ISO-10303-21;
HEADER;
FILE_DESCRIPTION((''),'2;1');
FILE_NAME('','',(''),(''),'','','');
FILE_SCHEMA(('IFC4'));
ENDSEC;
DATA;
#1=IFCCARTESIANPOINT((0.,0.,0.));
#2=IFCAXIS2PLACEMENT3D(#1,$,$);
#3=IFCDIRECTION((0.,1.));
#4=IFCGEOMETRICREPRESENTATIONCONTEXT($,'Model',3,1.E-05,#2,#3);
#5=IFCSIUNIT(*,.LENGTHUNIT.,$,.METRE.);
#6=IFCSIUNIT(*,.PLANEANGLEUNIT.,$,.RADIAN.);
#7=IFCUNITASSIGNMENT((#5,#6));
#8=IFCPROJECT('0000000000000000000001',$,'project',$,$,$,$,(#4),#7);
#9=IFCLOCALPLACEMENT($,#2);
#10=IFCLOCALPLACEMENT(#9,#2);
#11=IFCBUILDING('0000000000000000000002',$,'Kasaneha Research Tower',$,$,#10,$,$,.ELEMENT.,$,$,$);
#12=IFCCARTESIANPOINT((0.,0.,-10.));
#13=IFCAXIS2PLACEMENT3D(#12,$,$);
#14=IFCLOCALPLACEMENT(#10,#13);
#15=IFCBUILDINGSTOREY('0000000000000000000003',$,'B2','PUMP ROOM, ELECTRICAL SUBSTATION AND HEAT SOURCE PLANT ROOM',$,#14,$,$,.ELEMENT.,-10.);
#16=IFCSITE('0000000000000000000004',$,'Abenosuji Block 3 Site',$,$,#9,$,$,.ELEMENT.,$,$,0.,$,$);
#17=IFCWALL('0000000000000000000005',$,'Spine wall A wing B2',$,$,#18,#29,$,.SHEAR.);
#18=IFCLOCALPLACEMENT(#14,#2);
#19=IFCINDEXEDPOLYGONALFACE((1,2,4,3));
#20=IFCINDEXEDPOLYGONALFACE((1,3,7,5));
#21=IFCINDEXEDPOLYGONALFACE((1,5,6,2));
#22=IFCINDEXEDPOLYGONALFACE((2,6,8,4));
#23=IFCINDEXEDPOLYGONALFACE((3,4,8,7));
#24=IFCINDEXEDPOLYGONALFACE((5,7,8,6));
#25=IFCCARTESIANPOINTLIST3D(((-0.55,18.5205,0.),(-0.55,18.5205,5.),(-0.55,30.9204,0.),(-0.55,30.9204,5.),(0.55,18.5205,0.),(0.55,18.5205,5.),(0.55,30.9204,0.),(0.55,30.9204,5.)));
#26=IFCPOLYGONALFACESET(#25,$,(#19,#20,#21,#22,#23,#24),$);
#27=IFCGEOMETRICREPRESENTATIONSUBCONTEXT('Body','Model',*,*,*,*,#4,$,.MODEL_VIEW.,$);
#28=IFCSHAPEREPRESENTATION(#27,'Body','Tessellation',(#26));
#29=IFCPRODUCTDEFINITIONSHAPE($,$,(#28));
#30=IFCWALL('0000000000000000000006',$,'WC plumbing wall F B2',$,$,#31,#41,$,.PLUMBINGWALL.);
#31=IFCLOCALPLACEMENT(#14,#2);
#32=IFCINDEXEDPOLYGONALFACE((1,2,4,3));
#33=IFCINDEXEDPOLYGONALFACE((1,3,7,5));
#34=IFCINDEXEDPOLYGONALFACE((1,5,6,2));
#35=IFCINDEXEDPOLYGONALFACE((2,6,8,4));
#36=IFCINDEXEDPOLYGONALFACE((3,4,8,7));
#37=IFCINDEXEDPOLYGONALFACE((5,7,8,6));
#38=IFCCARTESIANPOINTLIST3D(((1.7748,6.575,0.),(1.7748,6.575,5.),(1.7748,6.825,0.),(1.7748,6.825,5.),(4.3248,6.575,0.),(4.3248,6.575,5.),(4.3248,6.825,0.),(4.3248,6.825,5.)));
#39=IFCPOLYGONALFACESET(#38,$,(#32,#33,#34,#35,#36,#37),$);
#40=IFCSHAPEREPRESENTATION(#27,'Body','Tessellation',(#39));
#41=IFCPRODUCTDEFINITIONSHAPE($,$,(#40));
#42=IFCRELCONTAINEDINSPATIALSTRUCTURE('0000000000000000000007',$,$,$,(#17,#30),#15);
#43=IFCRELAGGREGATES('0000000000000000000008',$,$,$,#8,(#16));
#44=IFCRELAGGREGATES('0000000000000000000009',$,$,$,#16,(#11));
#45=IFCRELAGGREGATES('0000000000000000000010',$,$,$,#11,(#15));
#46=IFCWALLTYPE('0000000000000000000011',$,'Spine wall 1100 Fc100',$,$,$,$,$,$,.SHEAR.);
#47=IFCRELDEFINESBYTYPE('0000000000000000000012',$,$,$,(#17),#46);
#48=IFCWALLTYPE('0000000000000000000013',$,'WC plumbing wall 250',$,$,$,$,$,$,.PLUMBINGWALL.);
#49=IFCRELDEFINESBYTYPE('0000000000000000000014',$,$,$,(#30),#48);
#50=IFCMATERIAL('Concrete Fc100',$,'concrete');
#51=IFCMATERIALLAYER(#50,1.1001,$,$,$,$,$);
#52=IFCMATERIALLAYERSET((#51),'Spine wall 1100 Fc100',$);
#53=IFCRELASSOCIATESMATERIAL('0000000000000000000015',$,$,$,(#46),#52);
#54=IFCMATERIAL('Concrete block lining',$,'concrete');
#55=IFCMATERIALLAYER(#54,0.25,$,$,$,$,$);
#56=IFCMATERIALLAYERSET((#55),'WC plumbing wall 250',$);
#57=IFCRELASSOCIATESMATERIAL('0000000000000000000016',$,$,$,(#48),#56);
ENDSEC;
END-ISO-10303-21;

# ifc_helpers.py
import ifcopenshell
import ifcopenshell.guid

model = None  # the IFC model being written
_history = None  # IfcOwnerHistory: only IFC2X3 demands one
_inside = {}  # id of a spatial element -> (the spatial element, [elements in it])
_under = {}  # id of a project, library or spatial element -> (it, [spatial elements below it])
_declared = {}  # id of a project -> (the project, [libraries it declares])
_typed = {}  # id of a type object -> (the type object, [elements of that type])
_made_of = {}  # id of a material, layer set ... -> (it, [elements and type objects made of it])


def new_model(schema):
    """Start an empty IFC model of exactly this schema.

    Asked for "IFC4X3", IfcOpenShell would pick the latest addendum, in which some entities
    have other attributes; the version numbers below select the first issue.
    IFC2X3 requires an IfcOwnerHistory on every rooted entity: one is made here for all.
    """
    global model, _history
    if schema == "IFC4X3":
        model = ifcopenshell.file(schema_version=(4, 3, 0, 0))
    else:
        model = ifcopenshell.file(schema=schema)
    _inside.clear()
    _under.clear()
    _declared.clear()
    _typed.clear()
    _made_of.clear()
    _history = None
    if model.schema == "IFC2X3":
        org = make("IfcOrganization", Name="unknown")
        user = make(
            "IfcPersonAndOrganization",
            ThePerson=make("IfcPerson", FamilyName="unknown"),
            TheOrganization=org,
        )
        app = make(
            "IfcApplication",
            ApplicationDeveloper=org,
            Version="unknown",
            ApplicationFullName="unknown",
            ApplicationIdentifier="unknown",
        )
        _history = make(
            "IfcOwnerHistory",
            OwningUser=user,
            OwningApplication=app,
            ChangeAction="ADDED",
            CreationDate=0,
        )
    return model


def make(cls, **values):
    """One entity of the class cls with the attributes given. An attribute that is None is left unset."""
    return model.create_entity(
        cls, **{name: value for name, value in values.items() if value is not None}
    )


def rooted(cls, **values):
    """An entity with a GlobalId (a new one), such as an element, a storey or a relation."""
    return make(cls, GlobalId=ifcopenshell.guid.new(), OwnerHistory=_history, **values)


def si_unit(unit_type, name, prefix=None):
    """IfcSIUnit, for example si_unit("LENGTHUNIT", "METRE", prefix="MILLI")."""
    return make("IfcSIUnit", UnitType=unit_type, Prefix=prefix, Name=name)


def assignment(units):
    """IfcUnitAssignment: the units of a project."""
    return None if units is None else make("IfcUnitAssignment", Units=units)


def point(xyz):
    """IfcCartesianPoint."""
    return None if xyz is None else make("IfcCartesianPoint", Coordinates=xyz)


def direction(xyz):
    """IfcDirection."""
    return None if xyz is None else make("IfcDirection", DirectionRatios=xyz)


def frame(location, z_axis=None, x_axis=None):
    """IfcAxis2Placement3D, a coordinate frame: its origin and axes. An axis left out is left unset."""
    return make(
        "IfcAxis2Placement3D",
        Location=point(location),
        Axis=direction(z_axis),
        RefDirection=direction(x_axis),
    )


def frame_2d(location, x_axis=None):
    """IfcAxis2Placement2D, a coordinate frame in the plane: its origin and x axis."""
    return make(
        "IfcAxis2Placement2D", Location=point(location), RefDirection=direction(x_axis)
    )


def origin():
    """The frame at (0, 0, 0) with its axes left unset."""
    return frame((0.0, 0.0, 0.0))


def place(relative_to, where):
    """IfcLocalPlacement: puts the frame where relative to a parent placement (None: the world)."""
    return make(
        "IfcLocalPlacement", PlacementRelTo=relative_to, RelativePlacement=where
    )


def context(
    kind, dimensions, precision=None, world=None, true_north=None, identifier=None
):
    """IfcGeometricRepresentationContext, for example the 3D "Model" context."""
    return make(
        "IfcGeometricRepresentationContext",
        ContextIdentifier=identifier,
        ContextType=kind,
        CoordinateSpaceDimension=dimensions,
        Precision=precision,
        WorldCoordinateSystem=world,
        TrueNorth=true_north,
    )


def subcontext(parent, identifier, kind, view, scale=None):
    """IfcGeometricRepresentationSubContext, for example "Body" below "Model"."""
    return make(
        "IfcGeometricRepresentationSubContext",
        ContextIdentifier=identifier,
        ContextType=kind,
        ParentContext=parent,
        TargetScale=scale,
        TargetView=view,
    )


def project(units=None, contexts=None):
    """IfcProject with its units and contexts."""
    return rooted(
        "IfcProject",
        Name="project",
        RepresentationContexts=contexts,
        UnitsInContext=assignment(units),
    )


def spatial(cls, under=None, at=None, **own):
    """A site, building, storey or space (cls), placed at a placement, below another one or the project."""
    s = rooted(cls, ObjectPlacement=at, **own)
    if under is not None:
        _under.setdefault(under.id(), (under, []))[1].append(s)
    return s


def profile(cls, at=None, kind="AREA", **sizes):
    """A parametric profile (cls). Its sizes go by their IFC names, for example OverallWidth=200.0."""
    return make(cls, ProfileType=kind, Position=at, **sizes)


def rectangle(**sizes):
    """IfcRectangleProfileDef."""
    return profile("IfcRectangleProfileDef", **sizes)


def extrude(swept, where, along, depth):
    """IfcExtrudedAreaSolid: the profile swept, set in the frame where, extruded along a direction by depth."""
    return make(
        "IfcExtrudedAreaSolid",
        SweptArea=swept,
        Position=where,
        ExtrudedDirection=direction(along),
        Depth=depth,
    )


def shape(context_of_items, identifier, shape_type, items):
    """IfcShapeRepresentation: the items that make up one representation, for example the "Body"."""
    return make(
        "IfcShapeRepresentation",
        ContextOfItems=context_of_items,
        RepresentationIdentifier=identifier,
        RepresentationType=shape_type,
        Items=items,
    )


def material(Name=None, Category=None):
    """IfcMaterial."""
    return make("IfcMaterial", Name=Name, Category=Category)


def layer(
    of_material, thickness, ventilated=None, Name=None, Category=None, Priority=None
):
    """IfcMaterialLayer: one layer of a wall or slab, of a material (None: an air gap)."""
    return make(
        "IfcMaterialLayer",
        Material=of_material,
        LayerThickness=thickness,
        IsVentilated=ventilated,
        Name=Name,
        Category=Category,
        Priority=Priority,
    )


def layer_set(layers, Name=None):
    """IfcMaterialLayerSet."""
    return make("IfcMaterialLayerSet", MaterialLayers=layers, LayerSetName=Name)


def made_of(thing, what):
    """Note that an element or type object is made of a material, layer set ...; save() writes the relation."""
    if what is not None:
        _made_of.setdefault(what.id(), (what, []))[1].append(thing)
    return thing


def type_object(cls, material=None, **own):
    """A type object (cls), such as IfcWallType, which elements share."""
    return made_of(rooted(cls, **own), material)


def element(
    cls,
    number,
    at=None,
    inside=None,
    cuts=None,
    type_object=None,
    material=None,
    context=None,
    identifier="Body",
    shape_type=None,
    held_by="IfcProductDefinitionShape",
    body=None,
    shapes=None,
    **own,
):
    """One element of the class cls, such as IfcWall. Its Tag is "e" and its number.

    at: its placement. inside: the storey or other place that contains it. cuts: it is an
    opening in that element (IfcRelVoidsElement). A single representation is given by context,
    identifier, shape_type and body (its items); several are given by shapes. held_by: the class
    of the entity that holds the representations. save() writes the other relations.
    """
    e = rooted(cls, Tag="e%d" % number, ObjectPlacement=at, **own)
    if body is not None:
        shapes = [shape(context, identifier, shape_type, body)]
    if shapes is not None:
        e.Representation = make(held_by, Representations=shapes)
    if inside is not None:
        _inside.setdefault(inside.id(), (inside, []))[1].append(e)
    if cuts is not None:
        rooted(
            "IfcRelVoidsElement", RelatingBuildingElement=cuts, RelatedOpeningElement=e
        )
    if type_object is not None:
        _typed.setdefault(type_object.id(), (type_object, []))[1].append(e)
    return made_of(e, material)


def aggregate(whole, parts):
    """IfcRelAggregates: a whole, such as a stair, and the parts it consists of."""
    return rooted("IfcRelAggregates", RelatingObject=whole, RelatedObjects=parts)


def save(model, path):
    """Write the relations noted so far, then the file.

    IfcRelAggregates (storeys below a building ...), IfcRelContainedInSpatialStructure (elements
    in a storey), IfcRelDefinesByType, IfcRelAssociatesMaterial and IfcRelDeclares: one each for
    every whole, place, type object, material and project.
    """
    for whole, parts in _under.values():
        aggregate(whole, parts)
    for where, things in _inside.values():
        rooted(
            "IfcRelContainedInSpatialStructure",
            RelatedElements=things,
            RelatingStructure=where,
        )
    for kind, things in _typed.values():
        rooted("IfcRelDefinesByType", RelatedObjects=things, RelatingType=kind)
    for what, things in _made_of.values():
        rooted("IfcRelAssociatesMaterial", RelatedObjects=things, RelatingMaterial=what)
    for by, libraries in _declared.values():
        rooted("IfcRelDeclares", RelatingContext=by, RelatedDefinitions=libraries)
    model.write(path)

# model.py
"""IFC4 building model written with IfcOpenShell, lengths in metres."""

from ifc_helpers import new_model, si_unit, direction, frame, frame_2d, origin, place, context, subcontext, project, spatial, rectangle, extrude, material, layer, layer_set, type_object, element, save


model = new_model("IFC4")

# Units and contexts
model_context = context("Model", 3, precision=1e-05, world=origin(), true_north=direction((0.0, 1.0)))
body_context = subcontext(model_context, "Body", "Model", "MODEL_VIEW")
ifc_project = project(units=[si_unit("LENGTHUNIT", "METRE"), si_unit("PLANEANGLEUNIT", "RADIAN")], contexts=[model_context])

# Site, building, storey
site_placement = place(None, origin())
site = spatial("IfcSite", under=ifc_project, at=site_placement, Name="Abenosuji Block 3 Site", CompositionType="ELEMENT", RefElevation=0.0)
building_placement = place(site_placement, origin())
building = spatial("IfcBuilding", under=site, at=building_placement, Name="Kasaneha Research Tower", CompositionType="ELEMENT")
storey_placement = place(building_placement, frame((0.0, 0.0, -10.0)))
storey = spatial("IfcBuildingStorey", under=building, at=storey_placement, Name="B2", Description="PUMP ROOM, ELECTRICAL SUBSTATION AND HEAT SOURCE PLANT ROOM", CompositionType="ELEMENT", Elevation=-10.0)

# Shared definitions
ifc_material_1 = material(Name="Concrete Fc100", Category="concrete")
ifc_layer_1 = layer(ifc_material_1, 1.1001)
ifc_layer_set_1 = layer_set([ifc_layer_1], Name="Spine wall 1100 Fc100")
wall_type_1 = type_object("IfcWallType", Name="Spine wall 1100 Fc100", PredefinedType="SHEAR", material=ifc_layer_set_1)

# Walls
wall_1_placement = place(storey_placement, frame((0.0, 18.5205, 0.0), z_axis=(0.0, 0.0, 1.0), x_axis=(0.0, 1.0, 0.0)))
element("IfcWall", 1, at=wall_1_placement, inside=storey, type_object=wall_type_1, Name="Spine wall A wing B2", PredefinedType="SHEAR", context=body_context, shape_type="SweptSolid", body=[
    extrude(rectangle(XDim=12.3999, YDim=1.1001, at=frame_2d((6.2, 0.0))), origin(), (0.0, 0.0, 1.0), 5.0),
])
ifc_material_2 = material(Name="Concrete block lining", Category="concrete")
ifc_layer_2 = layer(ifc_material_2, 0.25)
ifc_layer_set_2 = layer_set([ifc_layer_2], Name="WC plumbing wall 250")
wall_type_2 = type_object("IfcWallType", Name="WC plumbing wall 250", PredefinedType="PLUMBINGWALL", material=ifc_layer_set_2)
wall_2_placement = place(storey_placement, frame((1.7749, 6.7, 0.0), z_axis=(0.0, 0.0, 1.0), x_axis=(1.0, 0.0, 0.0)))
element("IfcWall", 2, at=wall_2_placement, inside=storey, type_object=wall_type_2, Name="WC plumbing wall F B2", PredefinedType="PLUMBINGWALL", context=body_context, shape_type="SweptSolid", body=[
    extrude(rectangle(XDim=2.55, YDim=0.25, at=frame_2d((1.2749, 0.0))), origin(), (0.0, 0.0, 1.0), 5.0),
])

save(model, "model.ifc")
